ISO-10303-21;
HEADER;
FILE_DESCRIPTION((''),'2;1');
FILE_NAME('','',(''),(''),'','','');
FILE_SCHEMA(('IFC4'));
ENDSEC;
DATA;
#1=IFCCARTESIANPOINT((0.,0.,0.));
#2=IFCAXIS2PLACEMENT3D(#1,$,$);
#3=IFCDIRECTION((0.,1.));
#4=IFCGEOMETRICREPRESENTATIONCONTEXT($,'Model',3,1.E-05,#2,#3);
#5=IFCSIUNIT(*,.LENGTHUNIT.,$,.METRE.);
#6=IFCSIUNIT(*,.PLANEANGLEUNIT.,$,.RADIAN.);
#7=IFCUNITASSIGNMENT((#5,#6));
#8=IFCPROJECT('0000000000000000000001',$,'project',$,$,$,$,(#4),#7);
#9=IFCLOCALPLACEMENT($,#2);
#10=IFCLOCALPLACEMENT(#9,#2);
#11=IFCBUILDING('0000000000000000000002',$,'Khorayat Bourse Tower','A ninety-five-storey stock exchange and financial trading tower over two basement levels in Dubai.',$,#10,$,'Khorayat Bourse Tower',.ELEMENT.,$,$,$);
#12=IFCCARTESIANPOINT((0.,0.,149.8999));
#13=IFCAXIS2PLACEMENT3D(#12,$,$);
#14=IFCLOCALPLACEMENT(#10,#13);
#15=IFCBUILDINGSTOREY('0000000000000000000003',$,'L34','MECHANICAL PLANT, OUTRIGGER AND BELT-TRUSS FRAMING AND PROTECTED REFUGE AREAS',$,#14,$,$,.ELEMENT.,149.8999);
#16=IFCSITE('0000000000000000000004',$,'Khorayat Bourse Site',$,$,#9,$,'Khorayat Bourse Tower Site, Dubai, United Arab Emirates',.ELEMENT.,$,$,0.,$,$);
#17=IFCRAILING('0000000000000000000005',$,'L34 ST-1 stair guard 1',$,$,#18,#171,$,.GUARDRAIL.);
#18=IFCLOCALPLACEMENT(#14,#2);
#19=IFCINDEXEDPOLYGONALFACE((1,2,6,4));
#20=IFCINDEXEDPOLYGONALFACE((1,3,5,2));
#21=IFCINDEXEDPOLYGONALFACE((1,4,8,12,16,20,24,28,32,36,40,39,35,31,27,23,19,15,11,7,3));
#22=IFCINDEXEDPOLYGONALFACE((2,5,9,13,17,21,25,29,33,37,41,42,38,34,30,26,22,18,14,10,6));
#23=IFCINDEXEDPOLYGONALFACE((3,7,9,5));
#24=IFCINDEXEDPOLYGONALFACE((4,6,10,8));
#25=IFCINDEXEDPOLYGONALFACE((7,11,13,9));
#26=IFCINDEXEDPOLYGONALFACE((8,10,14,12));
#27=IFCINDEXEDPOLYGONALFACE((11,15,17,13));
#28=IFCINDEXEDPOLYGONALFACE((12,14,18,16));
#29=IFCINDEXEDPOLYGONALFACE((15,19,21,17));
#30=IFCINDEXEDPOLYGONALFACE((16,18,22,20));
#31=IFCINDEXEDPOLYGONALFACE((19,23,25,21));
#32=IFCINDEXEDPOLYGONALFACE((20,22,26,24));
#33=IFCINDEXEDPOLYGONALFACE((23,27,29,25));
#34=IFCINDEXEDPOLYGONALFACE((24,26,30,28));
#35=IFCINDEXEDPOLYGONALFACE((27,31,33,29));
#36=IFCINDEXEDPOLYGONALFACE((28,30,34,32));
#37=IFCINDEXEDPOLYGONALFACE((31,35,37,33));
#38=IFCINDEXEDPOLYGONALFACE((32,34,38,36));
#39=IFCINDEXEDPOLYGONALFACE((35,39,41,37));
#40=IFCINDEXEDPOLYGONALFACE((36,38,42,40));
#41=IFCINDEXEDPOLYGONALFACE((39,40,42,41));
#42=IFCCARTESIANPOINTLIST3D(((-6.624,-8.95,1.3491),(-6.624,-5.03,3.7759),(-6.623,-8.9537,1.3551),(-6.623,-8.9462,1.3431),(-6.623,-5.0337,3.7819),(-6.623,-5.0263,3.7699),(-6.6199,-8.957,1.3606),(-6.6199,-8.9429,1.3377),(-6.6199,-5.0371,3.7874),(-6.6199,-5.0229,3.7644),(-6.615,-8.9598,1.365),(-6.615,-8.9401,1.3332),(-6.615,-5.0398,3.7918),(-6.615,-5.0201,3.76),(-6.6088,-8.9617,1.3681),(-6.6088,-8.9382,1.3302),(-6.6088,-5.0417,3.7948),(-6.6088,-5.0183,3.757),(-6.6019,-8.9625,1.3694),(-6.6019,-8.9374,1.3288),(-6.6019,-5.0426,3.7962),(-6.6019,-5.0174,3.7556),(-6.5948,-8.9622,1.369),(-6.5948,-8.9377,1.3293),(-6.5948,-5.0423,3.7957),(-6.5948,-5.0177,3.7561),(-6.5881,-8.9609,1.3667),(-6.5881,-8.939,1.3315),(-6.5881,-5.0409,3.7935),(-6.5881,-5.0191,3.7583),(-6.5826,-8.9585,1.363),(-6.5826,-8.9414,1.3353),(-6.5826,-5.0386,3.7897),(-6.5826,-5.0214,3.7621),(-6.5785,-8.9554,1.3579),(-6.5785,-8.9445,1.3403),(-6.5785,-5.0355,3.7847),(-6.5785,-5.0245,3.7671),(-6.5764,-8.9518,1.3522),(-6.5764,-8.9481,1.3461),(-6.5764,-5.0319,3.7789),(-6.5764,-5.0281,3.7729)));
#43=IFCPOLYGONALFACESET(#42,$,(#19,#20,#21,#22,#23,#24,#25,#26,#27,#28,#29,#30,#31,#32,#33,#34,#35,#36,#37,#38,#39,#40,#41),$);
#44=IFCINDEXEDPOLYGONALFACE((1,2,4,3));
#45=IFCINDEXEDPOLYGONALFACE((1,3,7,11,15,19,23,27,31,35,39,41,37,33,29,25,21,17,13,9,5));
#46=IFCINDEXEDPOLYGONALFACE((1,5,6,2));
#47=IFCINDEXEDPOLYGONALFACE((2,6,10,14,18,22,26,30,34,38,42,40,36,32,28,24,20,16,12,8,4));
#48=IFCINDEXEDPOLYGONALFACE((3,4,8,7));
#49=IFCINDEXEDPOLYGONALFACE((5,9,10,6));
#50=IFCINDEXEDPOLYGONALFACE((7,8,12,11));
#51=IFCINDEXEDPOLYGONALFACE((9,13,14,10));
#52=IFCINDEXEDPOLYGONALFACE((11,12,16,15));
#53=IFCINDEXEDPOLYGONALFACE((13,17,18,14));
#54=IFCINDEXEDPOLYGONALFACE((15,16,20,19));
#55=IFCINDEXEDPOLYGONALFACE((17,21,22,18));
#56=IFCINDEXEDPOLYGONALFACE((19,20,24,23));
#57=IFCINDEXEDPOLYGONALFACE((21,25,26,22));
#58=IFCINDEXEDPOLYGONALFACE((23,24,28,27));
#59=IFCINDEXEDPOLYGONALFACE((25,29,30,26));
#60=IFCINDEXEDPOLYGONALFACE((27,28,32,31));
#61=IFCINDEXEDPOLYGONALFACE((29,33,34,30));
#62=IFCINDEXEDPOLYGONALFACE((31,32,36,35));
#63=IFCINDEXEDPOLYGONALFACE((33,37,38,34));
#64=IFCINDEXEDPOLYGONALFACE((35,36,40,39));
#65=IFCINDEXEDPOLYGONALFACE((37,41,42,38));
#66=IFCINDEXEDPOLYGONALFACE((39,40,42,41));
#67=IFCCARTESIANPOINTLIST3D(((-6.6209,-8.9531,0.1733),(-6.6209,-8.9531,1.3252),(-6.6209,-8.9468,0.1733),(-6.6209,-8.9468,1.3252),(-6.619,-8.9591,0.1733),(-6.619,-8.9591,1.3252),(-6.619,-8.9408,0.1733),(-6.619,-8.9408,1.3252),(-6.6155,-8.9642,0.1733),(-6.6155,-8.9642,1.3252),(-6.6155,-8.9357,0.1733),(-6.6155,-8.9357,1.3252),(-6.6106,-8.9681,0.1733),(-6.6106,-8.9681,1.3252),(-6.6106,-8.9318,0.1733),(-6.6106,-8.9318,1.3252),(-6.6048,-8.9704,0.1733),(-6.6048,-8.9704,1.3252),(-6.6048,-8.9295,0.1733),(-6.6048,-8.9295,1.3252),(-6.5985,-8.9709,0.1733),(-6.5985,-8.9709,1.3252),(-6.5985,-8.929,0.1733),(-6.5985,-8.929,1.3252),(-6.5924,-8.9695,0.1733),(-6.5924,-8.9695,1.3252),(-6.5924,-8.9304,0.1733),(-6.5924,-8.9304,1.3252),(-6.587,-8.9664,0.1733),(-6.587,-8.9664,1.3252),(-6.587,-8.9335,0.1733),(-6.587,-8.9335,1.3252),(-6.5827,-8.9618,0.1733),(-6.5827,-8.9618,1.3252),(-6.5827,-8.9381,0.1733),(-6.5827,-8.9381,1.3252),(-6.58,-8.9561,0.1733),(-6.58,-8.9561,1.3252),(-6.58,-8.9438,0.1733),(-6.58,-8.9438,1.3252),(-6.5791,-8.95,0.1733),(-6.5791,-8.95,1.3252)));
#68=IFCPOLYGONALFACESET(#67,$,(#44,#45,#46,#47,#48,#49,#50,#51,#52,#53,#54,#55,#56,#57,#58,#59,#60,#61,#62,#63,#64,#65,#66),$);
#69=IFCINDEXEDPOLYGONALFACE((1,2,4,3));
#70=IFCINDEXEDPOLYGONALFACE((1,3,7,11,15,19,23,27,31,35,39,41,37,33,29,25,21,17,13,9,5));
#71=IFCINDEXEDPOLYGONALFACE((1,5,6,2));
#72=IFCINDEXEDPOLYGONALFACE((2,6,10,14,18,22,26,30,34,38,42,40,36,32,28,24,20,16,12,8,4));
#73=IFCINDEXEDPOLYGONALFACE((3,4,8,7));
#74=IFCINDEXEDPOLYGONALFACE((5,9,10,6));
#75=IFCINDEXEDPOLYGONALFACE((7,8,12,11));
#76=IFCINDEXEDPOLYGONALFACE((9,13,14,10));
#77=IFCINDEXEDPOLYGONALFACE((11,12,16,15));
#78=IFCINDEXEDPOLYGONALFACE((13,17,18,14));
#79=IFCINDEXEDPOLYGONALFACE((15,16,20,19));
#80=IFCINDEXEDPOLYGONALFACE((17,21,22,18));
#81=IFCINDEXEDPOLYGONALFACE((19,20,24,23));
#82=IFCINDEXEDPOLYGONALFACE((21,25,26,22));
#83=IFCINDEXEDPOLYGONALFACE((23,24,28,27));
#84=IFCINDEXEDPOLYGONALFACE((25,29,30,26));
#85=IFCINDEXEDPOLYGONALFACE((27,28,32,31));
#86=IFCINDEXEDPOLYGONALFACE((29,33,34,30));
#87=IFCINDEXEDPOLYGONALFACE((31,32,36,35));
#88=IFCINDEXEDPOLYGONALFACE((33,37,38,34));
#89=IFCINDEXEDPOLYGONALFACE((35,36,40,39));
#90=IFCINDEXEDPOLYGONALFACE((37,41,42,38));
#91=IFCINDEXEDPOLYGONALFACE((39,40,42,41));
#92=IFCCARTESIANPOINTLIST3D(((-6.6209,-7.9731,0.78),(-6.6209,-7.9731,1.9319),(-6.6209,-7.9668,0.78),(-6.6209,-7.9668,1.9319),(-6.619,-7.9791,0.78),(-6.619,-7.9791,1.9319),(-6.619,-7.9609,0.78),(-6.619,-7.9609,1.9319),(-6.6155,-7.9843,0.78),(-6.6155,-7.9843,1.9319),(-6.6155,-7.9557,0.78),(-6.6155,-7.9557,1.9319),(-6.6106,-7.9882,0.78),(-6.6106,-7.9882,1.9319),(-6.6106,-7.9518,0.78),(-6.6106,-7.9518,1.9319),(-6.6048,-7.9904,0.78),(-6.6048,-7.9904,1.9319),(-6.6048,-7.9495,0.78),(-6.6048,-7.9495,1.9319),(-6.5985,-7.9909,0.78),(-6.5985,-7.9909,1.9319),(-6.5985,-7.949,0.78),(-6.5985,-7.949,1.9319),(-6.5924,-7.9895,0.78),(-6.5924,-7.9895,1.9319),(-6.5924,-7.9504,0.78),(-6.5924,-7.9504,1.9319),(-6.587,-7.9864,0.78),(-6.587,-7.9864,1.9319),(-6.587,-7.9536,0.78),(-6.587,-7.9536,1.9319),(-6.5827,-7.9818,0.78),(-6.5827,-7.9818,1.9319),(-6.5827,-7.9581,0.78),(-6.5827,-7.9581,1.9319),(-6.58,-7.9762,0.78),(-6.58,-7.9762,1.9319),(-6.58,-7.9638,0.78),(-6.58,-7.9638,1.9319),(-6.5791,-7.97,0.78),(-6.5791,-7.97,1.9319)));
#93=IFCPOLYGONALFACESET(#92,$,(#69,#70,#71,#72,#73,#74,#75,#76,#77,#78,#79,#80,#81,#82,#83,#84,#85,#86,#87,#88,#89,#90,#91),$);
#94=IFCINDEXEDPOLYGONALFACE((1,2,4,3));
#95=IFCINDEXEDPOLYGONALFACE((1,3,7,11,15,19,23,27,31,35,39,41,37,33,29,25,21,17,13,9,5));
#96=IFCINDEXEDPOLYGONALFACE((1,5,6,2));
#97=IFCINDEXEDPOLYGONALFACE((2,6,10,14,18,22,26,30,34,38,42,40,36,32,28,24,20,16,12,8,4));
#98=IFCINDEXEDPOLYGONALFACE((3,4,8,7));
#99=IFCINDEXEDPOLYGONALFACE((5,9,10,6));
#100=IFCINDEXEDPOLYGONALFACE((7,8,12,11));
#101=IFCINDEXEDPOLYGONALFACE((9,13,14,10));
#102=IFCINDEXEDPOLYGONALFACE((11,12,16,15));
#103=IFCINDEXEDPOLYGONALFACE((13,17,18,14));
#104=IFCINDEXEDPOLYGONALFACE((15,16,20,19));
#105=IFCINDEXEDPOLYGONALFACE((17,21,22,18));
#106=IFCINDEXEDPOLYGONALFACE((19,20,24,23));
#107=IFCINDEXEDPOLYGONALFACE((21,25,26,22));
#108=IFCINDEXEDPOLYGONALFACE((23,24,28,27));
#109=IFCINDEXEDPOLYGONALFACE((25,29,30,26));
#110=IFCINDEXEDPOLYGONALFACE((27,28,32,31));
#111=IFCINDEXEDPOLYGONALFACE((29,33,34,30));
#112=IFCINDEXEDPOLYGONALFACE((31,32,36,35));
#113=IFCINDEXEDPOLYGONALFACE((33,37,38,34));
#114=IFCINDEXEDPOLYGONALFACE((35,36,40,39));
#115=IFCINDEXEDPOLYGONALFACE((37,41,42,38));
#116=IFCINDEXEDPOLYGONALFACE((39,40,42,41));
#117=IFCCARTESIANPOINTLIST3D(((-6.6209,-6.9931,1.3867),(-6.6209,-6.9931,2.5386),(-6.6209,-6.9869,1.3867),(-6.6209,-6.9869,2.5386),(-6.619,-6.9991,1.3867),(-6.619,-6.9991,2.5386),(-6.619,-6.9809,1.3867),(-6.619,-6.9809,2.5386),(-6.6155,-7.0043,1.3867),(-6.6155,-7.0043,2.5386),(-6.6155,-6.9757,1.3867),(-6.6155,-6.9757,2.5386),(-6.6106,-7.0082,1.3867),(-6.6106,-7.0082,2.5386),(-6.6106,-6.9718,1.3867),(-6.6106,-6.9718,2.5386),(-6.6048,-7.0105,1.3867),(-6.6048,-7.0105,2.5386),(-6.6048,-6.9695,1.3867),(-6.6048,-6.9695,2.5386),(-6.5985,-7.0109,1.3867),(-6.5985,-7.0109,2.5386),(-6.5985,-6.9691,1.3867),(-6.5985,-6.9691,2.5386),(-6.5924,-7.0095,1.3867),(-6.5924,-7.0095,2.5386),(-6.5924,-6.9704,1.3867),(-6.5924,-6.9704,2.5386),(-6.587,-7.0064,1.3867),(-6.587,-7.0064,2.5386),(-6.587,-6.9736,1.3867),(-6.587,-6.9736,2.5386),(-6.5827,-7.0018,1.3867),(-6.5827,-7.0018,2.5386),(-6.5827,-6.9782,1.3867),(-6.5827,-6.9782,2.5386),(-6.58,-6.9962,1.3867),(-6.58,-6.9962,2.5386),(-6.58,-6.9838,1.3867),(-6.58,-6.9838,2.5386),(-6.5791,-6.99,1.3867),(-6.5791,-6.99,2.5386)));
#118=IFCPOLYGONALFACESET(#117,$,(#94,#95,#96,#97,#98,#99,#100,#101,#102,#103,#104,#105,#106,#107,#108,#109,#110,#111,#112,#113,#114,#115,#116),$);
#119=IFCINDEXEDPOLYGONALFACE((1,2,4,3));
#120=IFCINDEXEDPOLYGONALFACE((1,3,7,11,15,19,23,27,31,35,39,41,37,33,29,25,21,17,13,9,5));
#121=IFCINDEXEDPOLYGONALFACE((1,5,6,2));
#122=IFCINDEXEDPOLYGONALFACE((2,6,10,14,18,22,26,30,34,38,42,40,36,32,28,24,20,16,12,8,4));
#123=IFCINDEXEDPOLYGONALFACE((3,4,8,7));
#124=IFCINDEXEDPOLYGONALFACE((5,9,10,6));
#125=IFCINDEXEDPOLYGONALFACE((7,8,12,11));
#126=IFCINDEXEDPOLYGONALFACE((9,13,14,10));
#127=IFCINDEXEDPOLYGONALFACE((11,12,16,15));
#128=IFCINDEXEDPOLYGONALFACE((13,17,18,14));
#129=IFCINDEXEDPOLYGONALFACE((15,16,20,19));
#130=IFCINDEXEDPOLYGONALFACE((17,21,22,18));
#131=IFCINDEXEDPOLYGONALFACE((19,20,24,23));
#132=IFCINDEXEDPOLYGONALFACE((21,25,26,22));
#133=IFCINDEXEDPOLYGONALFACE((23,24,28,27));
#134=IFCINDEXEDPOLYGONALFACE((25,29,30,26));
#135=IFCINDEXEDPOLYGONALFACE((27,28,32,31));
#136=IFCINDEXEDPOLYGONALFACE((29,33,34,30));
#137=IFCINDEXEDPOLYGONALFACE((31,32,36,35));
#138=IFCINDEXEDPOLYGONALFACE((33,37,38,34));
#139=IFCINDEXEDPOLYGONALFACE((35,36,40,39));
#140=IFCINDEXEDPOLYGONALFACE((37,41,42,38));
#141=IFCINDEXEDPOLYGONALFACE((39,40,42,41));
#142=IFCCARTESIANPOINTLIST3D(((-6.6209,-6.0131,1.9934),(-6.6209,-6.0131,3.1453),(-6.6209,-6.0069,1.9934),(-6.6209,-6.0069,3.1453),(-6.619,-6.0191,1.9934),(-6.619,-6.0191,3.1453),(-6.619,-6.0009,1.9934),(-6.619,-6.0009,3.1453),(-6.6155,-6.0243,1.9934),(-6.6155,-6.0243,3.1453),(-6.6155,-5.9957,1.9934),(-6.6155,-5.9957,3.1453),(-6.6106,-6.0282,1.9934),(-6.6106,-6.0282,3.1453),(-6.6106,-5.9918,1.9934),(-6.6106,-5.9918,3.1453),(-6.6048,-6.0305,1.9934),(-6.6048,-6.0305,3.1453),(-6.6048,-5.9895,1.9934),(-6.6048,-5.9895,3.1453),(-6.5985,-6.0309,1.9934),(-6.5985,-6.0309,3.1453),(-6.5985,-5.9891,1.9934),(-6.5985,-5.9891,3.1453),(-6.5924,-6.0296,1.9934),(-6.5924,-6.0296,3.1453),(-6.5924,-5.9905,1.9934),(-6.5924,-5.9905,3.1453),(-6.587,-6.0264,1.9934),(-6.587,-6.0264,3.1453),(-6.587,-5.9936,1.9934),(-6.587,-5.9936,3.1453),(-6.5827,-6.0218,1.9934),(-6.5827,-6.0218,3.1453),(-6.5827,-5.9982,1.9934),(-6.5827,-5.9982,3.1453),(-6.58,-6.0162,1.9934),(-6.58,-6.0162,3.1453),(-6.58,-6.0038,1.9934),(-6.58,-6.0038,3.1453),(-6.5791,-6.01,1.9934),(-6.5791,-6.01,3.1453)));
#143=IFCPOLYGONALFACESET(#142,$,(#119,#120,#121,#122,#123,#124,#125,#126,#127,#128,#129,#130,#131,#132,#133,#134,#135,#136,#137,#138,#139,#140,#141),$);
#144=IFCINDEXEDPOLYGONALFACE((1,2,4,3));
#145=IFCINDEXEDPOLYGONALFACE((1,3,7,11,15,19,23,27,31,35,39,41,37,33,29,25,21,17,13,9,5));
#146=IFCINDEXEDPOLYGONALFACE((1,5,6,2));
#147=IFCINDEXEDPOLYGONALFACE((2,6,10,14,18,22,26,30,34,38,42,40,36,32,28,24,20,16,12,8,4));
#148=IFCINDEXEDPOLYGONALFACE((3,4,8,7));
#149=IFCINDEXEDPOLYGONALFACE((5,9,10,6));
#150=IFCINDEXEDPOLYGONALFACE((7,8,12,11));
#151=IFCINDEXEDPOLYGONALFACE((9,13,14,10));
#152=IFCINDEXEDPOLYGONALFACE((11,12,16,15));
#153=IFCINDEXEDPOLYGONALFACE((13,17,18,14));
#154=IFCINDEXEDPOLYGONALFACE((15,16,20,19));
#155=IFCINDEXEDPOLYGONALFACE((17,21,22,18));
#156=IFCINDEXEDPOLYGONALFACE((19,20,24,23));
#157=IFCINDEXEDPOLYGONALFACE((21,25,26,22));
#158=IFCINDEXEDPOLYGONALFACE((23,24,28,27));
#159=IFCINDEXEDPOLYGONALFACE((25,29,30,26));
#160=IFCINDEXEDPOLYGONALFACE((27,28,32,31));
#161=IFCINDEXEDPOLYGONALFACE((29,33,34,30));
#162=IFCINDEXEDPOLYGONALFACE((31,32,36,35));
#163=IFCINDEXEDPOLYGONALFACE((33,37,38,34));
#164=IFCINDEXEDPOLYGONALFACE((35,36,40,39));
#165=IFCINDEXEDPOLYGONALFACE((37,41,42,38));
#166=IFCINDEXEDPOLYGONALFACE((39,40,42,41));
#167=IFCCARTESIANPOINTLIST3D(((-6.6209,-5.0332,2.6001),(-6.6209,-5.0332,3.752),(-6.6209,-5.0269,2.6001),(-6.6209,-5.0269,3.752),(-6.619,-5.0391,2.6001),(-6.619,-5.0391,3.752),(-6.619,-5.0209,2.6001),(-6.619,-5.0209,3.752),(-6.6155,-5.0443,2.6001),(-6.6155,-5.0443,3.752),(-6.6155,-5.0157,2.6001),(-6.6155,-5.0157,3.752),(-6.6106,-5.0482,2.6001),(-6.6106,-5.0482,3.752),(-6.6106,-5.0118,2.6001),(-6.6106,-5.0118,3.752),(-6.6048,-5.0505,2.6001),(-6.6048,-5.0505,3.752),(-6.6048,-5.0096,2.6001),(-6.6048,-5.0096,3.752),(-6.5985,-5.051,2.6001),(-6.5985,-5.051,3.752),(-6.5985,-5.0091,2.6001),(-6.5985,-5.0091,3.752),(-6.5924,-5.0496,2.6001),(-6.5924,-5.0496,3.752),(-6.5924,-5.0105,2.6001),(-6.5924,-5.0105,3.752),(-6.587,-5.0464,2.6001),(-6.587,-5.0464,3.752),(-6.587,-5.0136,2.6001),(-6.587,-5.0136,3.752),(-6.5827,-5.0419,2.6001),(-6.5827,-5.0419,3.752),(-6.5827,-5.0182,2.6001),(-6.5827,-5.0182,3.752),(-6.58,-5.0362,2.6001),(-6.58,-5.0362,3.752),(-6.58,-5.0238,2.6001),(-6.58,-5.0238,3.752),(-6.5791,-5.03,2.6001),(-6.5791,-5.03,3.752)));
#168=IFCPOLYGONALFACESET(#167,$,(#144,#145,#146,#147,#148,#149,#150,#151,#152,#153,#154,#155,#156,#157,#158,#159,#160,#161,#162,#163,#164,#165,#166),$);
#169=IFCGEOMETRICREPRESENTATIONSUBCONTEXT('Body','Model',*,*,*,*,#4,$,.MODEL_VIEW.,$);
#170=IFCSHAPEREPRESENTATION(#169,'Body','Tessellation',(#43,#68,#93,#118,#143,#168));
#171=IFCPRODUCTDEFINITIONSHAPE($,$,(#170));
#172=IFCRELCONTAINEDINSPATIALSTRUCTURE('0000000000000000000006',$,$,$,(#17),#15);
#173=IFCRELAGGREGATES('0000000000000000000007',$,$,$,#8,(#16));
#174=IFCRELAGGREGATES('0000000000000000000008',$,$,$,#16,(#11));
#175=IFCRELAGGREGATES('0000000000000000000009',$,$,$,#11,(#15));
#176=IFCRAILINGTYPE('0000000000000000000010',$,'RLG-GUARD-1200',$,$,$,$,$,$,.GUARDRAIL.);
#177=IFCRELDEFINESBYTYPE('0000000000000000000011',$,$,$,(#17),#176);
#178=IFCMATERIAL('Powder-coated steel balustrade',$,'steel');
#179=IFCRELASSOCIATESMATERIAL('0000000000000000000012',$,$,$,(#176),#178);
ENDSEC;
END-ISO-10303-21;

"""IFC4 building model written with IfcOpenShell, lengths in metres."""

from ifc_helpers import new_model, si_unit, direction, frame, origin, origin_2d, place, context, subcontext, project, spatial, circle, extrude, source, transform, mapped, material, type_object, element, save


model = new_model("IFC4")

# Units and contexts
model_context = context("Model", 3, precision=1e-05, world=origin(), true_north=direction((0.0, 1.0)))
body_context = subcontext(model_context, "Body", "Model", "MODEL_VIEW")
ifc_project = project(units=[si_unit("LENGTHUNIT", "METRE"), si_unit("PLANEANGLEUNIT", "RADIAN")], contexts=[model_context])

# Site, building, storey
site_placement = place(None, origin())
site = spatial("IfcSite", under=ifc_project, at=site_placement, Name="Khorayat Bourse Site", LongName="Khorayat Bourse Tower Site, Dubai, United Arab Emirates", CompositionType="ELEMENT", RefElevation=0.0)
building_placement = place(site_placement, origin())
building = spatial("IfcBuilding", under=site, at=building_placement, Name="Khorayat Bourse Tower", Description="A ninety-five-storey stock exchange and financial trading tower over two basement levels in Dubai.", LongName="Khorayat Bourse Tower", CompositionType="ELEMENT")
storey_placement = place(building_placement, frame((0.0, 0.0, 149.8999)))
storey = spatial("IfcBuildingStorey", under=building, at=storey_placement, Name="L34", Description="MECHANICAL PLANT, OUTRIGGER AND BELT-TRUSS FRAMING AND PROTECTED REFUGE AREAS", CompositionType="ELEMENT", Elevation=149.8999)

# Railing
ifc_material_1 = material(Name="Powder-coated steel balustrade", Category="steel")
railing_type_1 = type_object("IfcRailingType", Name="RLG-GUARD-1200", PredefinedType="GUARDRAIL", material=ifc_material_1)
shared_shape_1 = source(origin(), body_context, "Body", "SweptSolid", [
    extrude(circle(Radius=0.0239, at=origin_2d()), frame((0.0, 0.0, 1.1758), z_axis=(0.0, 0.850252, 0.526376), x_axis=(-1.0, 0.0, 0.0)), (0.0, 0.0, 1.0), 4.6104),
    extrude(circle(Radius=0.021, at=origin_2d()), origin(), (0.0, 0.0, 1.0), 1.1519),
    extrude(circle(Radius=0.021, at=origin_2d()), frame((0.0, 0.98, 0.6067)), (0.0, 0.0, 1.0), 1.1519),
    extrude(circle(Radius=0.021, at=origin_2d()), frame((0.0, 1.96, 1.2134)), (0.0, 0.0, 1.0), 1.1519),
    extrude(circle(Radius=0.021, at=origin_2d()), frame((0.0, 2.9399, 1.8201)), (0.0, 0.0, 1.0), 1.1519),
    extrude(circle(Radius=0.021, at=origin_2d()), frame((0.0, 3.9199, 2.4268)), (0.0, 0.0, 1.0), 1.1519),
])
railing_1_placement = place(storey_placement, frame((-6.6001, -8.95, 0.1733)))
element("IfcRailing", 1, at=railing_1_placement, inside=storey, type_object=railing_type_1, Name="L34 ST-1 stair guard 1", PredefinedType="GUARDRAIL", context=body_context, shape_type="MappedRepresentation", body=[
    mapped(shared_shape_1, transform((0.0, 0.0, 0.0), scale=1.0)),
])

save(model, "model.ifc")
